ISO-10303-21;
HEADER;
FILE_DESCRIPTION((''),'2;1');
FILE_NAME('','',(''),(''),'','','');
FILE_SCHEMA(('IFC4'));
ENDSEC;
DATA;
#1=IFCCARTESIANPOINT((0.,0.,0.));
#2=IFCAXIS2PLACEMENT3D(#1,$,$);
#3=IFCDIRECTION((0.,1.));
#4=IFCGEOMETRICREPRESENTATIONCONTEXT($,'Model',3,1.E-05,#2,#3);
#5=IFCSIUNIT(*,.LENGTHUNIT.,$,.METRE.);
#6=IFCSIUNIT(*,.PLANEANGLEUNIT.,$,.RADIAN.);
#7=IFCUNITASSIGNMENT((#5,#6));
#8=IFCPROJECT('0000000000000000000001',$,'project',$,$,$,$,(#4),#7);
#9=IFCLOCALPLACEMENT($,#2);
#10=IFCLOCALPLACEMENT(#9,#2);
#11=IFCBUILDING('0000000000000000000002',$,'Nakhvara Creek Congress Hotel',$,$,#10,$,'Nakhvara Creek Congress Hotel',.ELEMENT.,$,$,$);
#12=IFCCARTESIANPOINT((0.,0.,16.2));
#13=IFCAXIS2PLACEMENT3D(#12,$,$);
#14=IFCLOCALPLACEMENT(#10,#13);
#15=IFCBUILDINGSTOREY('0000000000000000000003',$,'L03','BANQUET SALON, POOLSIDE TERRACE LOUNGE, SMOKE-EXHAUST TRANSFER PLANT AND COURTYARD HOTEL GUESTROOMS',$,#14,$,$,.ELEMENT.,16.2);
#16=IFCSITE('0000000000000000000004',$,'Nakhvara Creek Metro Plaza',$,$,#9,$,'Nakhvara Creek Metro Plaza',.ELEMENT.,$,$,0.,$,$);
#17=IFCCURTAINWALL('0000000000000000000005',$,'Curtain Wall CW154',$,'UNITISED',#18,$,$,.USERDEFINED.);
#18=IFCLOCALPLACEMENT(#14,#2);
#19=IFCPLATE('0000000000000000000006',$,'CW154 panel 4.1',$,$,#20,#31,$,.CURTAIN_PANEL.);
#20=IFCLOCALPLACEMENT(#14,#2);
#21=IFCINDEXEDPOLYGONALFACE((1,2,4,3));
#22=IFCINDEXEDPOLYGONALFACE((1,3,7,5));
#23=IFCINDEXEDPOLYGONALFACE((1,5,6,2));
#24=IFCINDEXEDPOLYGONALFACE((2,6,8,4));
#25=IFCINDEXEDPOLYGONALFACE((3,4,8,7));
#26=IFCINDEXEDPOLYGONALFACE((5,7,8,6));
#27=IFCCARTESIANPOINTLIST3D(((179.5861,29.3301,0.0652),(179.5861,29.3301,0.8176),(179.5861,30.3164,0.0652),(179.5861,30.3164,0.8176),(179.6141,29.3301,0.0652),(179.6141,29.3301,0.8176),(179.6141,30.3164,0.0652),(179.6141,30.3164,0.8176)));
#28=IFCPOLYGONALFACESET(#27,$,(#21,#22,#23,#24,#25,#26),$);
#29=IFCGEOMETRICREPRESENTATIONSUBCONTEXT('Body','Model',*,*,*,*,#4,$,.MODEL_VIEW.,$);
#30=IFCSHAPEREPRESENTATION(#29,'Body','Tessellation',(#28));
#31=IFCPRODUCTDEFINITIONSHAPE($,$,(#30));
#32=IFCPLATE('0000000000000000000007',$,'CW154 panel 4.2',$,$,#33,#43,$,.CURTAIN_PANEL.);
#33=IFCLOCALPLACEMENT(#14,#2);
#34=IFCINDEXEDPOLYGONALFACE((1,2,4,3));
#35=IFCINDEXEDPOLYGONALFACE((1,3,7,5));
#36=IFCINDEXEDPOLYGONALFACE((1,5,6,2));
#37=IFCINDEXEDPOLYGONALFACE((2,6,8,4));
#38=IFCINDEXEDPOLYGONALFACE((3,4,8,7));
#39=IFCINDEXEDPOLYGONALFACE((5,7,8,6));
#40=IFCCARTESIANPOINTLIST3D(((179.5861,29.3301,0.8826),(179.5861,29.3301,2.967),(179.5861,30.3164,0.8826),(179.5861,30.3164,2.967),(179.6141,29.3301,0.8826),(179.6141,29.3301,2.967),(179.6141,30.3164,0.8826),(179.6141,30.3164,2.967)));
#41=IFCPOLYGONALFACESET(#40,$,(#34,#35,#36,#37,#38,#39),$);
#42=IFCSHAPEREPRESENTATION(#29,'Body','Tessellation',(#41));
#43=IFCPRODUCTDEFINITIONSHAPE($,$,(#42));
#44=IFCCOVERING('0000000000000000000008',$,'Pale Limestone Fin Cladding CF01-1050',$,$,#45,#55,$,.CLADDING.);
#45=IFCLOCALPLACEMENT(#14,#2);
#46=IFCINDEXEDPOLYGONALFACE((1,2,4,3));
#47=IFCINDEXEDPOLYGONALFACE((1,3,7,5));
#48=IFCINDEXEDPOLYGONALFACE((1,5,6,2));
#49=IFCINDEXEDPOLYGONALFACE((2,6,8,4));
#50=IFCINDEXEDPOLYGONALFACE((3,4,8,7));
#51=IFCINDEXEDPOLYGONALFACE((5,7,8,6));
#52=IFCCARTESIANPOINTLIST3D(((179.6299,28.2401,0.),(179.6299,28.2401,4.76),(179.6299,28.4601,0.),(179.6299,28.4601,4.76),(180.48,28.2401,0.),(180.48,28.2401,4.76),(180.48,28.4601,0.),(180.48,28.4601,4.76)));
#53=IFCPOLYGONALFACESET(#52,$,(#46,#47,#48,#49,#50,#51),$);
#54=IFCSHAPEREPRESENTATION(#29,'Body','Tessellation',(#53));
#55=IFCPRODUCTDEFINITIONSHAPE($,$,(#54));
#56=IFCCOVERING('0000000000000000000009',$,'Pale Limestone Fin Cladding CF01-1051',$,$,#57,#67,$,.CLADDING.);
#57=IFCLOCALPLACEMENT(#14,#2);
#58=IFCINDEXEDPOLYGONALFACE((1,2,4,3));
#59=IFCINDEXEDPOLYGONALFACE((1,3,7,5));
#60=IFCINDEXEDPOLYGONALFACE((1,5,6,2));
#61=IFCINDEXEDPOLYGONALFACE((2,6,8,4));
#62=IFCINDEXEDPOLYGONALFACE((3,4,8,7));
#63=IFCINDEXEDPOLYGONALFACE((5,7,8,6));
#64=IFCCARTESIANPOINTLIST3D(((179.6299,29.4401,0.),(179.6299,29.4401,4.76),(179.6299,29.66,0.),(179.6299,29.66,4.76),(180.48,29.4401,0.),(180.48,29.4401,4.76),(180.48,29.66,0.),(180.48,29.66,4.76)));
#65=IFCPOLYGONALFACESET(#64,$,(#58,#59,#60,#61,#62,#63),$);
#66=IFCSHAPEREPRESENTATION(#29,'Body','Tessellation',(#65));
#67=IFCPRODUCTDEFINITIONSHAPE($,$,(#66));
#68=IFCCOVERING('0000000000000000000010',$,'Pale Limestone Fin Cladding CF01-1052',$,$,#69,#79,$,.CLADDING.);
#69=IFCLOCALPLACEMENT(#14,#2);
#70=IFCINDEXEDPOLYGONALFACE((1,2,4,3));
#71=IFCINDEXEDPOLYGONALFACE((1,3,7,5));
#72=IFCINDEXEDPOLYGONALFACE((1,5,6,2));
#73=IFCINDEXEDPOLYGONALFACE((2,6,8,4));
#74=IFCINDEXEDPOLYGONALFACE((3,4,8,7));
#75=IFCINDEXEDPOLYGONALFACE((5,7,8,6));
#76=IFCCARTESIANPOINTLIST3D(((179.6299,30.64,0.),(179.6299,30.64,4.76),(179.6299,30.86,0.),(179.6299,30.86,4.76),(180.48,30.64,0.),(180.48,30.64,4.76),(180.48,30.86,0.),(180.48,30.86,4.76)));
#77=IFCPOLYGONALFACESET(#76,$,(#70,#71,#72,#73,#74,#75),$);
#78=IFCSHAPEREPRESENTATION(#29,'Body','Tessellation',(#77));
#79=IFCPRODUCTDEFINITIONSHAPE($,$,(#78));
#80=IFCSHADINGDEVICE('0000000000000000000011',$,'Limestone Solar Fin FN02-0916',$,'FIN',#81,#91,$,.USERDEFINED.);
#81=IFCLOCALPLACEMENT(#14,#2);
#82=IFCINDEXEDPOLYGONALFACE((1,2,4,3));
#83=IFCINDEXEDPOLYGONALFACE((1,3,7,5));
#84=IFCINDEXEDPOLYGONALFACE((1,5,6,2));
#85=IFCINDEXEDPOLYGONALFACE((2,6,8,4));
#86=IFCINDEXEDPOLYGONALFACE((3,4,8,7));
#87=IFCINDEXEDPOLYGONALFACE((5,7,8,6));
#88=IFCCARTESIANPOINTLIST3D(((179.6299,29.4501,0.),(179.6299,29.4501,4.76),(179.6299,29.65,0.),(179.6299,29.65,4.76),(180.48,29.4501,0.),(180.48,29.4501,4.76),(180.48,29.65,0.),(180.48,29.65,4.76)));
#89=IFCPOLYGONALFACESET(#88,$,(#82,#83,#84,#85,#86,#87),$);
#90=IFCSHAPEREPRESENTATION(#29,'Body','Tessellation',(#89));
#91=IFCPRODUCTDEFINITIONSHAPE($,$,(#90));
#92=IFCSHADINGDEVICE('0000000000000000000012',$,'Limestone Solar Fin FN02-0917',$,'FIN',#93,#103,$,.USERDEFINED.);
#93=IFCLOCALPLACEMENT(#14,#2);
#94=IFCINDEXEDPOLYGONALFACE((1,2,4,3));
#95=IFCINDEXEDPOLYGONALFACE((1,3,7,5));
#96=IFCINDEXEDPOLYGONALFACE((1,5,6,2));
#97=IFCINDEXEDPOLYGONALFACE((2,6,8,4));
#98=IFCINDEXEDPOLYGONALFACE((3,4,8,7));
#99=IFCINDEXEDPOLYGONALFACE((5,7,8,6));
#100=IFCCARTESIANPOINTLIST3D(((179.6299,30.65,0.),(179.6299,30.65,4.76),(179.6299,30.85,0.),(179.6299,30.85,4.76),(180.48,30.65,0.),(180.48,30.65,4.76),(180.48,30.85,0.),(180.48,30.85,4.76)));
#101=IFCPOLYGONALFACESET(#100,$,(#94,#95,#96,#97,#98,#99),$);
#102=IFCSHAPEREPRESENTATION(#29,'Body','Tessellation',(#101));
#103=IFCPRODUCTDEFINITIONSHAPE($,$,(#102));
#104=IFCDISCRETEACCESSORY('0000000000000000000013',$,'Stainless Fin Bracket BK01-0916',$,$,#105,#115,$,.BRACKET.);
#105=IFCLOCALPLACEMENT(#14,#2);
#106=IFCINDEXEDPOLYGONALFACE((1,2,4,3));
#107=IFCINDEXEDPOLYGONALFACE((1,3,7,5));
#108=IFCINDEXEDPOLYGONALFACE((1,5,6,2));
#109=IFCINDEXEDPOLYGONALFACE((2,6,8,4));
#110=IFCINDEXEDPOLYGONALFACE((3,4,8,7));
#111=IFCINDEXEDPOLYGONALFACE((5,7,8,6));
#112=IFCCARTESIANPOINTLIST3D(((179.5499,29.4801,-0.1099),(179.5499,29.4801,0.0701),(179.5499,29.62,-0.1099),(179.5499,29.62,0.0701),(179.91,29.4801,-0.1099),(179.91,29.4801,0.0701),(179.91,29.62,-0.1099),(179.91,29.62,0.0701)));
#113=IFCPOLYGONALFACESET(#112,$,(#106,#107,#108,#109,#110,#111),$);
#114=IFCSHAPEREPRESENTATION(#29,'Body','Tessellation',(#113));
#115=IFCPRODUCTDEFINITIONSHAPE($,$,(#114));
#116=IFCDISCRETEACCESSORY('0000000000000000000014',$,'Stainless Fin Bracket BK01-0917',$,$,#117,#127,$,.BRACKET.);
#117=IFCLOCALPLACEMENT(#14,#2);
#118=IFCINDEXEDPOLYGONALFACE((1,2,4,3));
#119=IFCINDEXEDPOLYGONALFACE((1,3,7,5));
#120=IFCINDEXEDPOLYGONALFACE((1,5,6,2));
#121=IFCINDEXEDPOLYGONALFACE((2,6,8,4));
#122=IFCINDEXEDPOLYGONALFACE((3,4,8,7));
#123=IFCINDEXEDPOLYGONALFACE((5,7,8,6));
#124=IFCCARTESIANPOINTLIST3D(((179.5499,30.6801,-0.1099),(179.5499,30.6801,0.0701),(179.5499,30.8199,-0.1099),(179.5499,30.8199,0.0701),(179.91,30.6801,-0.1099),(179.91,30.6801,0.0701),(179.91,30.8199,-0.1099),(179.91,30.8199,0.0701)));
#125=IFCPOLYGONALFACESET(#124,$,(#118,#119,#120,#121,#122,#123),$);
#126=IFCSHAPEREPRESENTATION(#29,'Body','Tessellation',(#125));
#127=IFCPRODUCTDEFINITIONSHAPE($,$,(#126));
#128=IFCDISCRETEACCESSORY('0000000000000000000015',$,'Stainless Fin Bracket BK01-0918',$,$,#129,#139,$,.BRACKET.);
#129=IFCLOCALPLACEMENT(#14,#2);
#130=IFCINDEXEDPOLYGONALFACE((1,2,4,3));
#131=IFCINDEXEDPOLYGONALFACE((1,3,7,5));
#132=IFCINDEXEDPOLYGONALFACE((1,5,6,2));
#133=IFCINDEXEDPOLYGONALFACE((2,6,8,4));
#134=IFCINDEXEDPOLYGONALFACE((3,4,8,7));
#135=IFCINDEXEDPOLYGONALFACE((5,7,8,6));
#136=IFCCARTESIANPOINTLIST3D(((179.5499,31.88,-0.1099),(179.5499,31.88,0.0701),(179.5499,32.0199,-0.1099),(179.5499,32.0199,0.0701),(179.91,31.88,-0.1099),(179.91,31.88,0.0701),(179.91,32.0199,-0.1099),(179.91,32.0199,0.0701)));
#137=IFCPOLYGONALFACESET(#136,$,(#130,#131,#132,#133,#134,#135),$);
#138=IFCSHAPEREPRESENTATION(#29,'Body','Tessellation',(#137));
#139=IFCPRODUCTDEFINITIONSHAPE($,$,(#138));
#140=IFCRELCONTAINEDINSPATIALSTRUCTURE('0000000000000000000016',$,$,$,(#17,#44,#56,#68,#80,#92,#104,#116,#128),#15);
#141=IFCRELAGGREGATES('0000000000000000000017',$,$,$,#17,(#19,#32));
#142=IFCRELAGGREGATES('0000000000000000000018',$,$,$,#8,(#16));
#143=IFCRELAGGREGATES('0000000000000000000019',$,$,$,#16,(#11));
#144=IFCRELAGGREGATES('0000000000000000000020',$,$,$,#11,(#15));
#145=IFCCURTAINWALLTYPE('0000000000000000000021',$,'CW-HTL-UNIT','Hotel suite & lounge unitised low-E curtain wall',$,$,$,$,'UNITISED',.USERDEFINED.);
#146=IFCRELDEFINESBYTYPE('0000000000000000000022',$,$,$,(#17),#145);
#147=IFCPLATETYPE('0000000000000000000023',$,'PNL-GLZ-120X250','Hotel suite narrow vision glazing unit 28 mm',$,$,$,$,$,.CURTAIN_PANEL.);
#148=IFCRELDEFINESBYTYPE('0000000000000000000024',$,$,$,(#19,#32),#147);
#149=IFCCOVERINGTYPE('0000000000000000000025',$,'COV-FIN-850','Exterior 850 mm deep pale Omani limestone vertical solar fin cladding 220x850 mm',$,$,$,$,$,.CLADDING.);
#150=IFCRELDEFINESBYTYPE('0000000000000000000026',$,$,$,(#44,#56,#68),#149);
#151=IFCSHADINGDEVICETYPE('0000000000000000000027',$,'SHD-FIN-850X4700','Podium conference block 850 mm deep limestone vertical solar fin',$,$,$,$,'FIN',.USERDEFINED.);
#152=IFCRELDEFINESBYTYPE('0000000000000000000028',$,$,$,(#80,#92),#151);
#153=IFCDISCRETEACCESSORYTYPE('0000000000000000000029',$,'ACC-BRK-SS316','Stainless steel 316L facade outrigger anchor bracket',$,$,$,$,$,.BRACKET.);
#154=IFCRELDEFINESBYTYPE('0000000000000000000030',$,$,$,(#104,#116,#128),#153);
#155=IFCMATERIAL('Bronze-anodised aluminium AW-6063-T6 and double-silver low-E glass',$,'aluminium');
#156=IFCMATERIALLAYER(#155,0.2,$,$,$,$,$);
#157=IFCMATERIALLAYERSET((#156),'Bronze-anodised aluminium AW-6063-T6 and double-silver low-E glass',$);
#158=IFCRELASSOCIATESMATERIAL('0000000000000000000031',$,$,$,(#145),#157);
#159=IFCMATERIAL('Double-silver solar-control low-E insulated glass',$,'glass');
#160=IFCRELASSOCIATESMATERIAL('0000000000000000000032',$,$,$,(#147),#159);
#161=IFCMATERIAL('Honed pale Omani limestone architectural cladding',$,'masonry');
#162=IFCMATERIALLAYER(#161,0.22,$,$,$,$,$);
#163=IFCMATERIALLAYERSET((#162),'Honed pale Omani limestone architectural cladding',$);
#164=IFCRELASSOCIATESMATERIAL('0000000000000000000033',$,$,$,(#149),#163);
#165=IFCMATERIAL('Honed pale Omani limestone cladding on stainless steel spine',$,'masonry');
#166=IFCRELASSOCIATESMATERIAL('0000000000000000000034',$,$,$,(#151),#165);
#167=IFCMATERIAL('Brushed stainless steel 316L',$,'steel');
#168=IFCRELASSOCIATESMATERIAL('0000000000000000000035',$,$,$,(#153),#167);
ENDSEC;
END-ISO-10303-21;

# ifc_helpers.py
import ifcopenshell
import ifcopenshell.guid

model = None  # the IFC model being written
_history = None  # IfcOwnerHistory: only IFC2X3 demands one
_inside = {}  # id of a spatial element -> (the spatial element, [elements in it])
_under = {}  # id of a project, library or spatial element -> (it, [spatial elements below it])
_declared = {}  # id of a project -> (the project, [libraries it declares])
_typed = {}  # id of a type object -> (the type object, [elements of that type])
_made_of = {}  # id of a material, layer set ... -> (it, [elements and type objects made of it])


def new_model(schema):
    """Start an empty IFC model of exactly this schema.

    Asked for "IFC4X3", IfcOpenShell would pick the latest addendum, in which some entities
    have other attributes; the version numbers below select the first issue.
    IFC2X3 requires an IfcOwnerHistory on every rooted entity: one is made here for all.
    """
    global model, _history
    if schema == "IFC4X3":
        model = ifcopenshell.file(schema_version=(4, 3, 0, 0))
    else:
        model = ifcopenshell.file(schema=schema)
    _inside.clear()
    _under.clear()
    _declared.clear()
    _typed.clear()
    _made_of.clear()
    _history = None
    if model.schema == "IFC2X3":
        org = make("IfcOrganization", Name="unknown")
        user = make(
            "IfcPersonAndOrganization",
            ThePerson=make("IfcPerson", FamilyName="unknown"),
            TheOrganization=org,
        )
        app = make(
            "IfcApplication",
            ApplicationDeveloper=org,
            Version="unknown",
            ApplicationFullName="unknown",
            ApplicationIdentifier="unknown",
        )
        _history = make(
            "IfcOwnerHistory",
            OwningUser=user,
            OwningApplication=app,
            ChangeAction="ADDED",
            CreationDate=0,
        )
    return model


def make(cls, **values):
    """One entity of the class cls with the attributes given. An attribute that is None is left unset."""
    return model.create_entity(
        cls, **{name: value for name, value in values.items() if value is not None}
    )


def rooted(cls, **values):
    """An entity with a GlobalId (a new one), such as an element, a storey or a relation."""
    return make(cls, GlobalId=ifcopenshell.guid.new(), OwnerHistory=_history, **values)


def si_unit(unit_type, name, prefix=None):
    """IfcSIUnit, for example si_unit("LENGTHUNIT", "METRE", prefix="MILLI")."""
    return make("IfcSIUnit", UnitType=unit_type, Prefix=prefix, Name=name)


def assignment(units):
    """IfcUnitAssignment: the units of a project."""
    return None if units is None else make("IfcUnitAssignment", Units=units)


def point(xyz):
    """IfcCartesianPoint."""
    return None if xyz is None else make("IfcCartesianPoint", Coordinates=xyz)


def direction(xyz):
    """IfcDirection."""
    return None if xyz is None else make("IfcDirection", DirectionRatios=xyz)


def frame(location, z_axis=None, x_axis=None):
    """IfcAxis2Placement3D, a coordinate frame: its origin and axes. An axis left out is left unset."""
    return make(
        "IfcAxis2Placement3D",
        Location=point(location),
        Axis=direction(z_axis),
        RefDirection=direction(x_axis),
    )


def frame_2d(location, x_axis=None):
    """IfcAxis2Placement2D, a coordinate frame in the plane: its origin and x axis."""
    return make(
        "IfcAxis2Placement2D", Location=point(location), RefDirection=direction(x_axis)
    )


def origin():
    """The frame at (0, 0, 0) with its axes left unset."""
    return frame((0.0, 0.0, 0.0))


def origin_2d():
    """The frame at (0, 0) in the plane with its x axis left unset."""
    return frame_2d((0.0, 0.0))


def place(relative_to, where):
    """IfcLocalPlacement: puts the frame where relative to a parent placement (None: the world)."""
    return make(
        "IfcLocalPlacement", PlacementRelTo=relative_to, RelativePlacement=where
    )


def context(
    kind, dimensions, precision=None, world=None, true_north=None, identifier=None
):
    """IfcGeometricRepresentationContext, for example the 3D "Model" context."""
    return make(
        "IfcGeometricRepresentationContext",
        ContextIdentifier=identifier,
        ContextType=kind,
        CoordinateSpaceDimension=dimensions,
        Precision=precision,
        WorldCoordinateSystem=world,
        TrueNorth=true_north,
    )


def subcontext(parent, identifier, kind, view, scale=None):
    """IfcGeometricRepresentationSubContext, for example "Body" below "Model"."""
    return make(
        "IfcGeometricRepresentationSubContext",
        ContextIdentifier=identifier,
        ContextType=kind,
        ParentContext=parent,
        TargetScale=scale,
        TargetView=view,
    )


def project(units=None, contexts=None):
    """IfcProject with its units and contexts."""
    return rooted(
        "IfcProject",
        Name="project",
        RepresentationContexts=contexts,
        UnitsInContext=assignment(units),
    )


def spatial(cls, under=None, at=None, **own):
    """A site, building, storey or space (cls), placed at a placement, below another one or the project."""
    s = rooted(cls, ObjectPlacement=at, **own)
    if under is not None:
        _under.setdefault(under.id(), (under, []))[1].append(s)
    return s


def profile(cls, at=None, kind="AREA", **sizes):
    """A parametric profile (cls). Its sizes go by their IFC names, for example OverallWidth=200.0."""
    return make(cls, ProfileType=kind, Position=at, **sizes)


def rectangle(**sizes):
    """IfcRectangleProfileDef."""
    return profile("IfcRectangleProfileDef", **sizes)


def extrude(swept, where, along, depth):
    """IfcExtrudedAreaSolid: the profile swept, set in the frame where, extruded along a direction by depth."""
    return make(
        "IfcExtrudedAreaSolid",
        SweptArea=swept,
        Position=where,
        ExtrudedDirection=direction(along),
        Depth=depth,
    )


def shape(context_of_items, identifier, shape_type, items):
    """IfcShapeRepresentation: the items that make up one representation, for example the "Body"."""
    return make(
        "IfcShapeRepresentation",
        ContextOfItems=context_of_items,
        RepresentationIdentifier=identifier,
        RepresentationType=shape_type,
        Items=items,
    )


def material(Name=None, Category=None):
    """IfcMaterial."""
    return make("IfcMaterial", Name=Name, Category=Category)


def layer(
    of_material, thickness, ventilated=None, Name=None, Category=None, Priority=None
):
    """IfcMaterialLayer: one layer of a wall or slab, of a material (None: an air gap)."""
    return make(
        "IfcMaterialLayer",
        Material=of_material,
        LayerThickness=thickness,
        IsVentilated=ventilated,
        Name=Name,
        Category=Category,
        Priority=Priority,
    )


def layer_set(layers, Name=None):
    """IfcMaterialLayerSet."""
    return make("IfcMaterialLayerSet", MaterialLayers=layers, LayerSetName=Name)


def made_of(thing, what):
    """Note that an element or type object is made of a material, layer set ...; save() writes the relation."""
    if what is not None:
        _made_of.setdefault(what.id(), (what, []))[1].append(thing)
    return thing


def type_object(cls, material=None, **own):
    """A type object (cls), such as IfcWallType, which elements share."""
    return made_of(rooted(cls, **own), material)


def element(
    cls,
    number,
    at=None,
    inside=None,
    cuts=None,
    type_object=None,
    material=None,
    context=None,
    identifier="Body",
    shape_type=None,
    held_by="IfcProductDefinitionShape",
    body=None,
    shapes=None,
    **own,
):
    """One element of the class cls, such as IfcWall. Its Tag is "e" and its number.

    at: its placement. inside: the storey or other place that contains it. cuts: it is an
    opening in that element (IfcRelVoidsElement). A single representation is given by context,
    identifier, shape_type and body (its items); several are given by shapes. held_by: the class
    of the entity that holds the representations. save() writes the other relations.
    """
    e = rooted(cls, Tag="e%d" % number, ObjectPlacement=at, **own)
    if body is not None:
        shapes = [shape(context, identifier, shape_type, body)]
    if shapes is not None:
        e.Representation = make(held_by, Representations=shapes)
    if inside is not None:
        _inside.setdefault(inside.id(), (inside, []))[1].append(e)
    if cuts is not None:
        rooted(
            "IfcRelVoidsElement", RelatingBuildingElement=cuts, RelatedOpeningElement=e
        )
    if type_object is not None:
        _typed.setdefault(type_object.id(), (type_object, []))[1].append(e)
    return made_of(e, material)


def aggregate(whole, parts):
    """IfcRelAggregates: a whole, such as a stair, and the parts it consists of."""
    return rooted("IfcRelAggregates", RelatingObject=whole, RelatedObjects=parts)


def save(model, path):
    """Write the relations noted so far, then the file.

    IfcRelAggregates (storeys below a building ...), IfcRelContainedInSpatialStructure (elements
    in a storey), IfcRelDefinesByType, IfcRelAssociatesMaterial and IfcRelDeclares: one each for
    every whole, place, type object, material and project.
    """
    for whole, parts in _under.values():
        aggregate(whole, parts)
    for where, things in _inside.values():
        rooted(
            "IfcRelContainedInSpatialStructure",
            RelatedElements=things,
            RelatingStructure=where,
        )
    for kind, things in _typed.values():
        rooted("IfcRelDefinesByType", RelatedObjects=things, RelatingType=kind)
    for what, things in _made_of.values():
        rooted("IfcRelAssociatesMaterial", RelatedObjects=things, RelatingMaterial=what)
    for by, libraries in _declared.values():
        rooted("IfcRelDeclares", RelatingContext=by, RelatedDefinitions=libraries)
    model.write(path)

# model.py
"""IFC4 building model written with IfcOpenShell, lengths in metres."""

from ifc_helpers import new_model, si_unit, direction, frame, origin, origin_2d, place, context, subcontext, project, spatial, rectangle, extrude, material, layer, layer_set, type_object, element, aggregate, save


model = new_model("IFC4")

# Units and contexts
model_context = context("Model", 3, precision=1e-05, world=origin(), true_north=direction((0.0, 1.0)))
body_context = subcontext(model_context, "Body", "Model", "MODEL_VIEW")
ifc_project = project(units=[si_unit("LENGTHUNIT", "METRE"), si_unit("PLANEANGLEUNIT", "RADIAN")], contexts=[model_context])

# Site, building, storey
site_placement = place(None, origin())
site = spatial("IfcSite", under=ifc_project, at=site_placement, Name="Nakhvara Creek Metro Plaza", LongName="Nakhvara Creek Metro Plaza", CompositionType="ELEMENT", RefElevation=0.0)
building_placement = place(site_placement, origin())
building = spatial("IfcBuilding", under=site, at=building_placement, Name="Nakhvara Creek Congress Hotel", LongName="Nakhvara Creek Congress Hotel", CompositionType="ELEMENT")
storey_placement = place(building_placement, frame((0.0, 0.0, 16.2)))
storey = spatial("IfcBuildingStorey", under=building, at=storey_placement, Name="L03", Description="BANQUET SALON, POOLSIDE TERRACE LOUNGE, SMOKE-EXHAUST TRANSFER PLANT AND COURTYARD HOTEL GUESTROOMS", CompositionType="ELEMENT", Elevation=16.2)

# Curtain wall, plates
ifc_material_1 = material(Name="Bronze-anodised aluminium AW-6063-T6 and double-silver low-E glass", Category="aluminium")
ifc_layer_1 = layer(ifc_material_1, 0.2)
ifc_layer_set_1 = layer_set([ifc_layer_1], Name="Bronze-anodised aluminium AW-6063-T6 and double-silver low-E glass")
curtain_wall_type = type_object("IfcCurtainWallType", Name="CW-HTL-UNIT", Description="Hotel suite & lounge unitised low-E curtain wall", ElementType="UNITISED", PredefinedType="USERDEFINED", material=ifc_layer_set_1)
curtain_wall_placement = place(storey_placement, origin())
curtain_wall = element("IfcCurtainWall", 1, at=curtain_wall_placement, inside=storey, type_object=curtain_wall_type, Name="Curtain Wall CW154", ObjectType="UNITISED", PredefinedType="USERDEFINED")
ifc_material_2 = material(Name="Double-silver solar-control low-E insulated glass", Category="glass")
plate_type = type_object("IfcPlateType", Name="PNL-GLZ-120X250", Description="Hotel suite narrow vision glazing unit 28 mm", PredefinedType="CURTAIN_PANEL", material=ifc_material_2)
plate_1_placement = place(storey_placement, frame((179.6001, 29.8232, 0.0652), z_axis=(0.0, 0.0, 1.0), x_axis=(0.0, -1.0, 0.0)))
plate_1 = element("IfcPlate", 2, at=plate_1_placement, type_object=plate_type, Name="CW154 panel 4.1", PredefinedType="CURTAIN_PANEL", context=body_context, shape_type="SweptSolid", body=[
    extrude(rectangle(XDim=0.9863, YDim=0.0281, at=origin_2d()), origin(), (0.0, 0.0, 1.0), 0.7524),
])
plate_2_placement = place(storey_placement, frame((179.6001, 29.8232, 0.8826), z_axis=(0.0, 0.0, 1.0), x_axis=(0.0, -1.0, 0.0)))
plate_2 = element("IfcPlate", 3, at=plate_2_placement, type_object=plate_type, Name="CW154 panel 4.2", PredefinedType="CURTAIN_PANEL", context=body_context, shape_type="SweptSolid", body=[
    extrude(rectangle(XDim=0.9863, YDim=0.0281, at=origin_2d()), origin(), (0.0, 0.0, 1.0), 2.0845),
])
aggregate(curtain_wall, [plate_1, plate_2])

# Coverings
ifc_material_3 = material(Name="Honed pale Omani limestone architectural cladding", Category="masonry")
ifc_layer_2 = layer(ifc_material_3, 0.22)
ifc_layer_set_2 = layer_set([ifc_layer_2], Name="Honed pale Omani limestone architectural cladding")
covering_type = type_object("IfcCoveringType", Name="COV-FIN-850", Description="Exterior 850 mm deep pale Omani limestone vertical solar fin cladding 220x850 mm", PredefinedType="CLADDING", material=ifc_layer_set_2)
for number, where, z_axis, x_axis, name in (
    (4, (180.0549, 28.3501, 0.0), (0.0, 0.0, 1.0), (0.0, 1.0, 0.0), "Pale Limestone Fin Cladding CF01-1050"),
    (5, (180.0549, 29.55, 0.0), (0.0, 0.0, 1.0), (0.0, 1.0, 0.0), "Pale Limestone Fin Cladding CF01-1051"),
    (6, (180.0549, 30.75, 0.0), (0.0, 0.0, 1.0), (0.0, 1.0, 0.0), "Pale Limestone Fin Cladding CF01-1052"),
):
    element("IfcCovering", number, at=place(storey_placement, frame(where, z_axis=z_axis, x_axis=x_axis)), inside=storey, type_object=covering_type, Name=name, PredefinedType="CLADDING", context=body_context, shape_type="SweptSolid", body=[
        extrude(rectangle(XDim=0.22, YDim=0.8501, at=origin_2d()), origin(), (0.0, 0.0, 1.0), 4.76),
    ])

# Shading devices
ifc_material_4 = material(Name="Honed pale Omani limestone cladding on stainless steel spine", Category="masonry")
shading_device_type = type_object("IfcShadingDeviceType", Name="SHD-FIN-850X4700", Description="Podium conference block 850 mm deep limestone vertical solar fin", ElementType="FIN", PredefinedType="USERDEFINED", material=ifc_material_4)
for number, where, z_axis, x_axis, name in (
    (7, (180.0549, 29.55, 0.0), (0.0, 0.0, 1.0), (0.0, 1.0, 0.0), "Limestone Solar Fin FN02-0916"),
    (8, (180.0549, 30.75, 0.0), (0.0, 0.0, 1.0), (0.0, 1.0, 0.0), "Limestone Solar Fin FN02-0917"),
):
    element("IfcShadingDevice", number, at=place(storey_placement, frame(where, z_axis=z_axis, x_axis=x_axis)), inside=storey, type_object=shading_device_type, Name=name, ObjectType="FIN", PredefinedType="USERDEFINED", context=body_context, shape_type="SweptSolid", body=[
        extrude(rectangle(XDim=0.2, YDim=0.8501, at=origin_2d()), origin(), (0.0, 0.0, 1.0), 4.76),
    ])

# Discrete accessories
ifc_material_5 = material(Name="Brushed stainless steel 316L", Category="steel")
discrete_accessory_type = type_object("IfcDiscreteAccessoryType", Name="ACC-BRK-SS316", Description="Stainless steel 316L facade outrigger anchor bracket", PredefinedType="BRACKET", material=ifc_material_5)
for number, where, z_axis, x_axis, name in (
    (9, (179.73, 29.55, -0.1099), (0.0, 0.0, 1.0), (0.0, 1.0, 0.0), "Stainless Fin Bracket BK01-0916"),
    (10, (179.73, 30.75, -0.1099), (0.0, 0.0, 1.0), (0.0, 1.0, 0.0), "Stainless Fin Bracket BK01-0917"),
    (11, (179.73, 31.95, -0.1099), (0.0, 0.0, 1.0), (0.0, 1.0, 0.0), "Stainless Fin Bracket BK01-0918"),
):
    element("IfcDiscreteAccessory", number, at=place(storey_placement, frame(where, z_axis=z_axis, x_axis=x_axis)), inside=storey, type_object=discrete_accessory_type, Name=name, PredefinedType="BRACKET", context=body_context, shape_type="SweptSolid", body=[
        extrude(rectangle(XDim=0.1399, YDim=0.3601, at=origin_2d()), origin(), (0.0, 0.0, 1.0), 0.1799),
    ])

save(model, "model.ifc")
